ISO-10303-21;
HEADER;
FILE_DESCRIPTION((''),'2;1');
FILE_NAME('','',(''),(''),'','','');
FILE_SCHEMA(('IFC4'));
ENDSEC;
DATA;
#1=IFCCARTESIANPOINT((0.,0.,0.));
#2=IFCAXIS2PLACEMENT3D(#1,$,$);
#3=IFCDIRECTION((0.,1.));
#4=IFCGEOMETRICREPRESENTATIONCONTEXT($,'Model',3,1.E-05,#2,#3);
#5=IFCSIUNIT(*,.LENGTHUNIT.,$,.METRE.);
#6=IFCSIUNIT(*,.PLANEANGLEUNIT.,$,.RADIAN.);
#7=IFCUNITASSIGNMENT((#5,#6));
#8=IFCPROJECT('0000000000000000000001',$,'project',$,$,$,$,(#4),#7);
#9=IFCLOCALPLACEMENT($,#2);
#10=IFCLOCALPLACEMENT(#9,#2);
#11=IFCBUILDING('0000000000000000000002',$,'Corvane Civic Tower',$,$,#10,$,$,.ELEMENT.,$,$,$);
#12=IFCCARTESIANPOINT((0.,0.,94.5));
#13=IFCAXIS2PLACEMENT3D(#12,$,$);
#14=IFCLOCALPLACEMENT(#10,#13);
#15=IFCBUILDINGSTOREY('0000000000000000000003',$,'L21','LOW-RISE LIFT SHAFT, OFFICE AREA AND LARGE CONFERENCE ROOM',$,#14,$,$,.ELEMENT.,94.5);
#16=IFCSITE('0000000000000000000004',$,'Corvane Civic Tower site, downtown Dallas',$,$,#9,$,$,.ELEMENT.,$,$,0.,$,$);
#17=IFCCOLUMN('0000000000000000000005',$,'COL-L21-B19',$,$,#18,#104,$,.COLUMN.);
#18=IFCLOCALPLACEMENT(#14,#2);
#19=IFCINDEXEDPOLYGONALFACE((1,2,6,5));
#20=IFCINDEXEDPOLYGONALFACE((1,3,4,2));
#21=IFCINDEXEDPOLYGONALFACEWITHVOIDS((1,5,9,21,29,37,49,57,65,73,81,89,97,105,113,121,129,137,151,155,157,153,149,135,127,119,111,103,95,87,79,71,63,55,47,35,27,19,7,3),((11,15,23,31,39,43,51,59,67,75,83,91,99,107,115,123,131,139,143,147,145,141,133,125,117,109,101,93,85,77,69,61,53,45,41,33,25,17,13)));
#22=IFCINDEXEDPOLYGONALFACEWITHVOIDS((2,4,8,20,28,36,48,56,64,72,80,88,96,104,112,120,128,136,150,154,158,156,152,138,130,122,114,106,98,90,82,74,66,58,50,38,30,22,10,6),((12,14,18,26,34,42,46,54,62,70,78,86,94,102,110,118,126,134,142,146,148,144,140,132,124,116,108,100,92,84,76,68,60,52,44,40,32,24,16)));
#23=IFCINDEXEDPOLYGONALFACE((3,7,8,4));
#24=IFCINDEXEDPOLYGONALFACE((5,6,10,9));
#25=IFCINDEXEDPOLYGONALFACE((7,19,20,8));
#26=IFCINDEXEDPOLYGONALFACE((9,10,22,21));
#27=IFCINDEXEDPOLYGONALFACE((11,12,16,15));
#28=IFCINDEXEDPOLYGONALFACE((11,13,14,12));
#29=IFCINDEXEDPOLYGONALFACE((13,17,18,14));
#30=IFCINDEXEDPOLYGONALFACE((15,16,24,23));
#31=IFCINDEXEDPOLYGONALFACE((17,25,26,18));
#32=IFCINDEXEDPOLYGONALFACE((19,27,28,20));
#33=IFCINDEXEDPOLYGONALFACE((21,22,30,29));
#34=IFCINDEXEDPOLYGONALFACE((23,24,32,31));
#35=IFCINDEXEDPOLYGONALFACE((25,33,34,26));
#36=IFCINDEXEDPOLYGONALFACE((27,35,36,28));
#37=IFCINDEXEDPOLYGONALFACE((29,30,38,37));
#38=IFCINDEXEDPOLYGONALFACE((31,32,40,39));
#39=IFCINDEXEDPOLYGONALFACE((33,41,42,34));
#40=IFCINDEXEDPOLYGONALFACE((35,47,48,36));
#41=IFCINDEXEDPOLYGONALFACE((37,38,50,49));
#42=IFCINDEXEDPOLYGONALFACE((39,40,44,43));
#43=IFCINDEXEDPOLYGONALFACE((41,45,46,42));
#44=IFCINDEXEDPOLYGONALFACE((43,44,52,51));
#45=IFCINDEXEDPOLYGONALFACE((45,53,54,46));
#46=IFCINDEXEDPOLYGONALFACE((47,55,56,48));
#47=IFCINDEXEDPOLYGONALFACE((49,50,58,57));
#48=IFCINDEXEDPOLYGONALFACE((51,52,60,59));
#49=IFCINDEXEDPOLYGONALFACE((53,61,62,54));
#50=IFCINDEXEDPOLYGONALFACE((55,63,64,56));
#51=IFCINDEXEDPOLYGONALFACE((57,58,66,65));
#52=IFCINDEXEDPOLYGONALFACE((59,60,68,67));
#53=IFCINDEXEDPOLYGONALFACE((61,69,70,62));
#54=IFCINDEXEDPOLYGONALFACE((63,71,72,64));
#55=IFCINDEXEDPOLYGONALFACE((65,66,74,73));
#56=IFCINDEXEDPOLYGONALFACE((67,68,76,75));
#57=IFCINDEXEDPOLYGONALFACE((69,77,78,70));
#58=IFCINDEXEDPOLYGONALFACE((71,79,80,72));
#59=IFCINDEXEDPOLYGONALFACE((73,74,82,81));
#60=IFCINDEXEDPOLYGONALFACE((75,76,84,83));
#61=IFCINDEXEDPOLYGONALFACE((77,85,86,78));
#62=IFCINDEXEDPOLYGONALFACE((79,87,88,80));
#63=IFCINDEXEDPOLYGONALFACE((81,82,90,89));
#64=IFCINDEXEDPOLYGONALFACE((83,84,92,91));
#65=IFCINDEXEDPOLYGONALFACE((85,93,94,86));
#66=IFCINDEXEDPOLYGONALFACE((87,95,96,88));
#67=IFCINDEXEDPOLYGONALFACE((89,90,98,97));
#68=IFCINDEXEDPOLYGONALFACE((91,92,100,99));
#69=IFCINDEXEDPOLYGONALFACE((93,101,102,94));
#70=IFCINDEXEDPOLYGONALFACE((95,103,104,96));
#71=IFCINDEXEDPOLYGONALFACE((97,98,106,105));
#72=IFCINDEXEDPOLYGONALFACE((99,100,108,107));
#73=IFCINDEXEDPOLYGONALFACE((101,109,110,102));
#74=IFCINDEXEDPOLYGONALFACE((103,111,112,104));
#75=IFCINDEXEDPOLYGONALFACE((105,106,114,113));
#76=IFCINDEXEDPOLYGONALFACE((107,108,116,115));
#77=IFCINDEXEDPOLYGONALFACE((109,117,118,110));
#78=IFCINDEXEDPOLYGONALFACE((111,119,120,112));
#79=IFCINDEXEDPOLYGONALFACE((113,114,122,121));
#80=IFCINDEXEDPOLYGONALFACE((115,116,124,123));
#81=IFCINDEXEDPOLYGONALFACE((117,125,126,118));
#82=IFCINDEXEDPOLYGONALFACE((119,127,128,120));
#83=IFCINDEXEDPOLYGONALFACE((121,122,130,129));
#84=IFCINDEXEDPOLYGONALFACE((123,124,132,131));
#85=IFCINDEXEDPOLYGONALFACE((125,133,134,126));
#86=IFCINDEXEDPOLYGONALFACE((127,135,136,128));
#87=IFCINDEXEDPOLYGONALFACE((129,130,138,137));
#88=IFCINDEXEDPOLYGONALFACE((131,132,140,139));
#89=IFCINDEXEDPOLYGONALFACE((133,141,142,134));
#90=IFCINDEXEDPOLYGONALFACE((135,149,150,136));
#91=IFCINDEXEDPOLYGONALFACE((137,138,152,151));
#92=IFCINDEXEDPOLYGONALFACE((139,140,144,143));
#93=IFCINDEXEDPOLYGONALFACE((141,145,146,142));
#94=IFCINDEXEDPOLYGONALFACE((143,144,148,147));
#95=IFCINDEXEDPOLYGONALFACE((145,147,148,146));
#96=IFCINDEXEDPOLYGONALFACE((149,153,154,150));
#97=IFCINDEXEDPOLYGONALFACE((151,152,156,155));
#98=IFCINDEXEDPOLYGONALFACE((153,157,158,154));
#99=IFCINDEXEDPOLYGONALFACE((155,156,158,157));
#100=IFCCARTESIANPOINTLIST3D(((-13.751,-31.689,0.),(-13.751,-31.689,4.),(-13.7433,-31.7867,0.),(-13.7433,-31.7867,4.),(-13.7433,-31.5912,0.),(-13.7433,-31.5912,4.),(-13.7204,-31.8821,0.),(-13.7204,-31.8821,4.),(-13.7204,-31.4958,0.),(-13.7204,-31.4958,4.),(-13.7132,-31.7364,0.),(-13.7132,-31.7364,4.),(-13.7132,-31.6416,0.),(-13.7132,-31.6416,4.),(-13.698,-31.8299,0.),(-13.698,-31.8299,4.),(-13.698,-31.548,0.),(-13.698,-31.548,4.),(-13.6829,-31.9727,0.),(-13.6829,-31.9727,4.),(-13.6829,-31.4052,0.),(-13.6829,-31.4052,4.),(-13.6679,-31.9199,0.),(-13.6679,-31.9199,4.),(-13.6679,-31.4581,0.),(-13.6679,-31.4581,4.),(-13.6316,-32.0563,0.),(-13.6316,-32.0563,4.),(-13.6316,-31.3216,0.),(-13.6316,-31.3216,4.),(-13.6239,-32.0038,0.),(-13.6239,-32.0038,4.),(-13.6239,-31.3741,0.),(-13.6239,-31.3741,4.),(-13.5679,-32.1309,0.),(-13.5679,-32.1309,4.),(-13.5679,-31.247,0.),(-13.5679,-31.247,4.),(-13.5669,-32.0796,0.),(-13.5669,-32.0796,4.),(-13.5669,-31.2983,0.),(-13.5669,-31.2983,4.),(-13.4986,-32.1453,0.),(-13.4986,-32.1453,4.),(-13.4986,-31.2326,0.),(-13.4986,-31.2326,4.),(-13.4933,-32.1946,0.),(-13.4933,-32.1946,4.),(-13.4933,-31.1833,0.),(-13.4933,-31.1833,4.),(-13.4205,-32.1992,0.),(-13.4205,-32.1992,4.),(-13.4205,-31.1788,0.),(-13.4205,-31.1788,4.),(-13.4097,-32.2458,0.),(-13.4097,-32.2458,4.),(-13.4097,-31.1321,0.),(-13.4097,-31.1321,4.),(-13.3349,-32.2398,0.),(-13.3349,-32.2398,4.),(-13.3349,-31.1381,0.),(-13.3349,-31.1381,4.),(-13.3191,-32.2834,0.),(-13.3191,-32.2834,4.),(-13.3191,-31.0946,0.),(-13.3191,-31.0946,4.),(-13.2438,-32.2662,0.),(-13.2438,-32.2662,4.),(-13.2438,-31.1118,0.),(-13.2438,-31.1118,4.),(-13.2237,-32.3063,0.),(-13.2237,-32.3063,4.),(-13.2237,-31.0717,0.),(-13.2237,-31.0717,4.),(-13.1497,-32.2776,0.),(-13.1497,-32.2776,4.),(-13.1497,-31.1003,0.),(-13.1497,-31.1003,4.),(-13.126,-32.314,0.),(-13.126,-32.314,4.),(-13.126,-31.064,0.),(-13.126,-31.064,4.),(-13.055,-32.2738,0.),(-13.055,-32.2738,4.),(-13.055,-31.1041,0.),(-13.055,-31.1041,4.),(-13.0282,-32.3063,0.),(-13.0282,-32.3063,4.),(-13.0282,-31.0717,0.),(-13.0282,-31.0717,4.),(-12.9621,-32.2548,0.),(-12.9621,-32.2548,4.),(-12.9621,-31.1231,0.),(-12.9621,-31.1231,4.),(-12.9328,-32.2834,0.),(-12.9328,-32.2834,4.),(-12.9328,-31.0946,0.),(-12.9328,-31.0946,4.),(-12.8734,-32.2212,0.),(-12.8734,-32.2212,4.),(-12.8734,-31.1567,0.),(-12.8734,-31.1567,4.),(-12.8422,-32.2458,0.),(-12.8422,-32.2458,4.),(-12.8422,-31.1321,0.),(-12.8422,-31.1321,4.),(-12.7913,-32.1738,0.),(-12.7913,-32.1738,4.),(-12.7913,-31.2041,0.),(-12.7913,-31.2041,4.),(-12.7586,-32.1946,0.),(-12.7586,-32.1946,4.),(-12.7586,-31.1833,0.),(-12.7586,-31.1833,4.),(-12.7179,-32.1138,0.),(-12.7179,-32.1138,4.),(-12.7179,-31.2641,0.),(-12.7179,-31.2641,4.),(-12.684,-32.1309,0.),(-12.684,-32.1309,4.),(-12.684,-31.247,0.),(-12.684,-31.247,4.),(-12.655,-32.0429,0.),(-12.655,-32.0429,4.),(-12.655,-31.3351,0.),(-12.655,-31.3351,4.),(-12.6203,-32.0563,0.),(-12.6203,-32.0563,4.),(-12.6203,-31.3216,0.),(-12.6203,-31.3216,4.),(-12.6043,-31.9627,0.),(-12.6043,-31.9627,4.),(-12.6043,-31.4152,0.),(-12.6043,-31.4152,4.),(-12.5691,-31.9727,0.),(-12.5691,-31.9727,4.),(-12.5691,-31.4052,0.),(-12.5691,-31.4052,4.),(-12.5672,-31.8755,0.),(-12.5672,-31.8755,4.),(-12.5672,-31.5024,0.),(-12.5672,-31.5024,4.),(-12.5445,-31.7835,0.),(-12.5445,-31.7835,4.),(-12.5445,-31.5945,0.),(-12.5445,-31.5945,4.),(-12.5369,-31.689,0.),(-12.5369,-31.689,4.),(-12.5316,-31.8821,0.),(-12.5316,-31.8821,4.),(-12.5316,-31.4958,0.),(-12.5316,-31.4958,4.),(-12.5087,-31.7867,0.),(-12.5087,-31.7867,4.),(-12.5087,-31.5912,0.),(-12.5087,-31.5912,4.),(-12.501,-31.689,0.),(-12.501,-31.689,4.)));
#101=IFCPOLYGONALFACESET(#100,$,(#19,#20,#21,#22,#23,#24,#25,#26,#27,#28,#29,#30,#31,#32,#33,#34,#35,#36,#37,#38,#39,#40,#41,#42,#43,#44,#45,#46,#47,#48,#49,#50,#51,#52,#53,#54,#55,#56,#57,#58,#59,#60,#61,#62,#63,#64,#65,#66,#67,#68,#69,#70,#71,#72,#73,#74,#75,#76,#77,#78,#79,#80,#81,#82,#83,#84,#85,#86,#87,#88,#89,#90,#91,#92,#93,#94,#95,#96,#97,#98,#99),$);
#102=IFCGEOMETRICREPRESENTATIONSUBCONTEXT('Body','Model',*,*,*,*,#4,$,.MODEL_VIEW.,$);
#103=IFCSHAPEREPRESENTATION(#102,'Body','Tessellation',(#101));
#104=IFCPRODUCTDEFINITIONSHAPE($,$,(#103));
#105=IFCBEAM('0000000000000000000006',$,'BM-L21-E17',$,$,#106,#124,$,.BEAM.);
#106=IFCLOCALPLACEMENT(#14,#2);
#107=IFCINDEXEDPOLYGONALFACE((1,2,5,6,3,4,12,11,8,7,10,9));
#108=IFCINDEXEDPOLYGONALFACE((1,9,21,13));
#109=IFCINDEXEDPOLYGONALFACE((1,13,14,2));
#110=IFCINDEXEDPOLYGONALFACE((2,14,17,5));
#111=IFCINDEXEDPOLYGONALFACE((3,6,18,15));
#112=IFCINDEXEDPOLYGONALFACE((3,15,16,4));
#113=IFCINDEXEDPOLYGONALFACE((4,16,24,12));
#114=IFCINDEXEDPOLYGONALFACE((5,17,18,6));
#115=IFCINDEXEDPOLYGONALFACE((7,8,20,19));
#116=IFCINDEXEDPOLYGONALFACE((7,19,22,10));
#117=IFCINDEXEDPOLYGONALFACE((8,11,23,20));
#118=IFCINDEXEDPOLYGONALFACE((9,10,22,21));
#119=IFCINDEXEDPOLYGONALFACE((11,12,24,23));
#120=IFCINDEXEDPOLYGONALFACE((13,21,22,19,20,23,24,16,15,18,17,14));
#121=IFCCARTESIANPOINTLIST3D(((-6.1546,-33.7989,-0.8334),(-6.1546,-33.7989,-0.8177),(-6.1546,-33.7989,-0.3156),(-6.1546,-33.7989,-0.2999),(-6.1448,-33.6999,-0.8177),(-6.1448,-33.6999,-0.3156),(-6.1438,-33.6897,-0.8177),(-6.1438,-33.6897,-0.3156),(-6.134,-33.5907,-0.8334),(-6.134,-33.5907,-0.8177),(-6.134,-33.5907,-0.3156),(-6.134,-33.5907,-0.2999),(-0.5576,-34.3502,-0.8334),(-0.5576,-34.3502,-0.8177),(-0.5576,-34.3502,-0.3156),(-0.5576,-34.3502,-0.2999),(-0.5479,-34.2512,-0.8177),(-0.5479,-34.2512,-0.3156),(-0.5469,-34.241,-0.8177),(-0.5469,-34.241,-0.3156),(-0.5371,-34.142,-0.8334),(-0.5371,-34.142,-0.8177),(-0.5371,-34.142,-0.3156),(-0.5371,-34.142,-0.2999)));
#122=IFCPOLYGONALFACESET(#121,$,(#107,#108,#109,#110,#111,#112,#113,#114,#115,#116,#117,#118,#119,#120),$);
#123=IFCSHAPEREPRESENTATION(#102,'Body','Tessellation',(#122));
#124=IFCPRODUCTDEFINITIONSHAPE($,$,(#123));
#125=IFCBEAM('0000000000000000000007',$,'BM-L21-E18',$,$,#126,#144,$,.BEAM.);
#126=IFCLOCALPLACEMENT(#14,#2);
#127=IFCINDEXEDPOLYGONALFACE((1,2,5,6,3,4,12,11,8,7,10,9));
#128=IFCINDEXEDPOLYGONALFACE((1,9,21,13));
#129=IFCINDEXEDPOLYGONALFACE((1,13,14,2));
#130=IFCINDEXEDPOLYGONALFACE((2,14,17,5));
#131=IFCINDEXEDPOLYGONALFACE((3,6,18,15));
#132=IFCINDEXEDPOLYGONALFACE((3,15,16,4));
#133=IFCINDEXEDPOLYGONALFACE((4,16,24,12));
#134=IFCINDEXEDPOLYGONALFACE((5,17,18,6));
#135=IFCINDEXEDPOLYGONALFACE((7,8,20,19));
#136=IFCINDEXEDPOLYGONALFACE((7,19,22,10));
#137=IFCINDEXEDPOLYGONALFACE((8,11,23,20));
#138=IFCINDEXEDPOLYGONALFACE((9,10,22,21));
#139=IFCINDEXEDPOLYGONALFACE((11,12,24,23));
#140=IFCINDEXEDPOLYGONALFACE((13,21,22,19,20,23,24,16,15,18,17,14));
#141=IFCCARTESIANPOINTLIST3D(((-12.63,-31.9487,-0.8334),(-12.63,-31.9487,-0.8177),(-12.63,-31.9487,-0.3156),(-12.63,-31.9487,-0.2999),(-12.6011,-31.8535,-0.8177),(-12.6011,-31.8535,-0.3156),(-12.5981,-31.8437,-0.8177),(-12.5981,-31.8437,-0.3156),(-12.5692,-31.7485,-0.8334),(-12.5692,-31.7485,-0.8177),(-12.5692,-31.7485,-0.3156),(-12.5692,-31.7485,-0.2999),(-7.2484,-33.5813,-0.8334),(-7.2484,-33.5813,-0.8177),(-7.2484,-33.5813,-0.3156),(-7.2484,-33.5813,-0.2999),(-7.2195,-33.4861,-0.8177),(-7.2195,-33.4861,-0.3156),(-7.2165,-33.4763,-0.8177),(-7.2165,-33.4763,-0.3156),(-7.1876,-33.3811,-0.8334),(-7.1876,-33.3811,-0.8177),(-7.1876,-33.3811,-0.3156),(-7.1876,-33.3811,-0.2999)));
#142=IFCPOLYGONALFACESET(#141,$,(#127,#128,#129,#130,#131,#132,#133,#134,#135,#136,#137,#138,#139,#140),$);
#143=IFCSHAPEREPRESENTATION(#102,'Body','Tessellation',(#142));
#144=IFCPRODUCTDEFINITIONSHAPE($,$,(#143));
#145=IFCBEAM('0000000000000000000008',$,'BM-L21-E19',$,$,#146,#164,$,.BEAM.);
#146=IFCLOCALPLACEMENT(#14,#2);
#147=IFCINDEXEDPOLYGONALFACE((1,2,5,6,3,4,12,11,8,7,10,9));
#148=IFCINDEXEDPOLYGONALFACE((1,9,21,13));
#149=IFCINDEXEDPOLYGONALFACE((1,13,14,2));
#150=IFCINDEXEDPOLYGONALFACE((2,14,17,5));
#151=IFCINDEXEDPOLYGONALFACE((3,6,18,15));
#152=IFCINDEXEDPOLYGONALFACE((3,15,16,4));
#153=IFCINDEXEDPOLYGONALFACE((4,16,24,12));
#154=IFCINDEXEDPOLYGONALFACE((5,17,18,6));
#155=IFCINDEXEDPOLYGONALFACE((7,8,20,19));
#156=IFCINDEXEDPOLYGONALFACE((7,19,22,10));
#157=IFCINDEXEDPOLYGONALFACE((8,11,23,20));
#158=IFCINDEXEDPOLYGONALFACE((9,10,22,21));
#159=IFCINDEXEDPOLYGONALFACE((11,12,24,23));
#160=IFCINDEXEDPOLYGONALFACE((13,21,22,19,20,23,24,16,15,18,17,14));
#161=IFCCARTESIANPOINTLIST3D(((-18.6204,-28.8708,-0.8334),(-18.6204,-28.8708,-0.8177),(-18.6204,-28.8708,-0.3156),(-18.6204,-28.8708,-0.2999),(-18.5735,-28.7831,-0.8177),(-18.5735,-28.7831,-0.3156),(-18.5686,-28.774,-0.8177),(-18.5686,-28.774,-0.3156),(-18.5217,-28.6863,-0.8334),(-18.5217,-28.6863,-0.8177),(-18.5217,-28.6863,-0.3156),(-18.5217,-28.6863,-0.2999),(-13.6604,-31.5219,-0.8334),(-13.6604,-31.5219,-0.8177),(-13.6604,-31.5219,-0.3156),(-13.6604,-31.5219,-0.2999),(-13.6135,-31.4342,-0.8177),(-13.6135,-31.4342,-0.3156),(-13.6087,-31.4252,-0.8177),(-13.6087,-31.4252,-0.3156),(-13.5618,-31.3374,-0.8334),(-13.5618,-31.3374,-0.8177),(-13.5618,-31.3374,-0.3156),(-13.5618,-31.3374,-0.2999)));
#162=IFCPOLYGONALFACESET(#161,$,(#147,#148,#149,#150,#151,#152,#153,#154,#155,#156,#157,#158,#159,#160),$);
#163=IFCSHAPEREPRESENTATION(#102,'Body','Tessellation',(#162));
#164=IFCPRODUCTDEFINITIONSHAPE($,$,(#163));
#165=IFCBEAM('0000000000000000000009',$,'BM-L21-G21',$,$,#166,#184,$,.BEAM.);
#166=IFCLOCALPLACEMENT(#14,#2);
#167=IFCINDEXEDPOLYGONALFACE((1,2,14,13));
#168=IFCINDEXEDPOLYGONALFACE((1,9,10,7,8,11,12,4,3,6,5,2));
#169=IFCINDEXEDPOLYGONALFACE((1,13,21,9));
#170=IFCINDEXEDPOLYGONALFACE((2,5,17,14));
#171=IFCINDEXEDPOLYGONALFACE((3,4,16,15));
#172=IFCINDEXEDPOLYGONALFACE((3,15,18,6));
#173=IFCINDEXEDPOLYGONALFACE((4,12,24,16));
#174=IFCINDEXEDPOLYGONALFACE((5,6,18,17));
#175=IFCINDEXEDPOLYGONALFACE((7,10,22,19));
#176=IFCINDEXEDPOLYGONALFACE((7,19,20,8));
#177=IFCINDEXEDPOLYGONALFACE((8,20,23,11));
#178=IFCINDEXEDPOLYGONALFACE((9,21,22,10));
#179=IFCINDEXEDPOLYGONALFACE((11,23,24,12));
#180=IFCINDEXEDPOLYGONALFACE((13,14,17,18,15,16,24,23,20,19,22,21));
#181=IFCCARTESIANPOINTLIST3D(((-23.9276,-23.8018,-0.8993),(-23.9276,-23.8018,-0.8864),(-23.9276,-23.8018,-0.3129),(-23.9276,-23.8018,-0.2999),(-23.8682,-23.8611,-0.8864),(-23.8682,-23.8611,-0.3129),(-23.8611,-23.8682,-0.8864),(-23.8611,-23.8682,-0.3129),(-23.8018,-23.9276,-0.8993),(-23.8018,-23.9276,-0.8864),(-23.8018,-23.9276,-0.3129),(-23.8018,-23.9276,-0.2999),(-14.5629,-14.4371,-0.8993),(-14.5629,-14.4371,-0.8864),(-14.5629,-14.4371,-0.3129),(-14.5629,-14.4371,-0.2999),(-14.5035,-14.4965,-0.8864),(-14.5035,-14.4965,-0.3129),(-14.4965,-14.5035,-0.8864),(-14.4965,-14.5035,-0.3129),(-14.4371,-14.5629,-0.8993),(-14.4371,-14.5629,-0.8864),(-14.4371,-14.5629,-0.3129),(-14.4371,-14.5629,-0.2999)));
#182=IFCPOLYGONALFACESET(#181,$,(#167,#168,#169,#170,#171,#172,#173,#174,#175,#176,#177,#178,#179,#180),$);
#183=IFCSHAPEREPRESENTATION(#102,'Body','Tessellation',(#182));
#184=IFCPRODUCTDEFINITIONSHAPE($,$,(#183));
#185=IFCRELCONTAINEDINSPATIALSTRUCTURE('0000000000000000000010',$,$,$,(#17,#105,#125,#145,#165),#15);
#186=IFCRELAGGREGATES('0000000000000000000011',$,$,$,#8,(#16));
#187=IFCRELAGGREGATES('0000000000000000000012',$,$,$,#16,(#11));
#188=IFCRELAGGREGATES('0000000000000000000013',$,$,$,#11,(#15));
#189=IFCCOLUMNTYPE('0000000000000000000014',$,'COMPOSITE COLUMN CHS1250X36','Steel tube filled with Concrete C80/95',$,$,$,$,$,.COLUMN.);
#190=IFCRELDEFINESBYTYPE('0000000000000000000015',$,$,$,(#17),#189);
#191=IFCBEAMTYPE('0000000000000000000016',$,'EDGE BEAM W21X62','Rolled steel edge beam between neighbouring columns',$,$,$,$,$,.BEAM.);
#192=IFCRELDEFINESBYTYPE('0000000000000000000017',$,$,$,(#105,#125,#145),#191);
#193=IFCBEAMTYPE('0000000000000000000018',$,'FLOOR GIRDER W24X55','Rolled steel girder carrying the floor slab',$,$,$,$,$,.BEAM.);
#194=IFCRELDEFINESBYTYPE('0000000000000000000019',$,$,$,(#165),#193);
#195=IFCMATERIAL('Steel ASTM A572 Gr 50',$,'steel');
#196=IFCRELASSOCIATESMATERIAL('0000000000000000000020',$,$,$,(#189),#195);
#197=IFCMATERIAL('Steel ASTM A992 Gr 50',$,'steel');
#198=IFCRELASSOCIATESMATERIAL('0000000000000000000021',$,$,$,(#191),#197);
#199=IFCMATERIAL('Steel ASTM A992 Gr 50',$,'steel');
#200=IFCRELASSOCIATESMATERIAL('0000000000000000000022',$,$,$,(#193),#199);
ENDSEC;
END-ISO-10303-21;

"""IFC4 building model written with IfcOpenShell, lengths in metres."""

from ifc_helpers import new_model, si_unit, direction, frame, origin, origin_2d, place, context, subcontext, project, spatial, hollow_circle, i_section, extrude, material, material_profile, profile_set, type_object, element, save


model = new_model("IFC4")

# Units and contexts
model_context = context("Model", 3, precision=1e-05, world=origin(), true_north=direction((0.0, 1.0)))
body_context = subcontext(model_context, "Body", "Model", "MODEL_VIEW")
ifc_project = project(units=[si_unit("LENGTHUNIT", "METRE"), si_unit("PLANEANGLEUNIT", "RADIAN")], contexts=[model_context])

# Site, building, storey
site_placement = place(None, origin())
site = spatial("IfcSite", under=ifc_project, at=site_placement, Name="Corvane Civic Tower site, downtown Dallas", CompositionType="ELEMENT", RefElevation=0.0)
building_placement = place(site_placement, origin())
building = spatial("IfcBuilding", under=site, at=building_placement, Name="Corvane Civic Tower", CompositionType="ELEMENT")
storey_placement = place(building_placement, frame((0.0, 0.0, 94.5)))
storey = spatial("IfcBuildingStorey", under=building, at=storey_placement, Name="L21", Description="LOW-RISE LIFT SHAFT, OFFICE AREA AND LARGE CONFERENCE ROOM", CompositionType="ELEMENT", Elevation=94.5)

# Column
ifc_material_1 = material(Name="Steel ASTM A572 Gr 50", Category="steel")
ifc_material_profile_1 = material_profile(ifc_material_1, hollow_circle(Radius=0.625, WallThickness=0.0359, at=origin_2d()), Name="CHS1250X36")
ifc_profile_set_1 = profile_set([ifc_material_profile_1], Name="Steel ASTM A572 Gr 50")
column_type = type_object("IfcColumnType", Name="COMPOSITE COLUMN CHS1250X36", Description="Steel tube filled with Concrete C80/95", PredefinedType="COLUMN", material=ifc_profile_set_1)
for number, where, z_axis, x_axis, name in (
    (1, (-13.126, -31.689, 0.0), (0.0, 0.0, 1.0), (1.0, 0.0, 0.0), "COL-L21-B19"),
):
    element("IfcColumn", number, at=place(storey_placement, frame(where, z_axis=z_axis, x_axis=x_axis)), inside=storey, type_object=column_type, Name=name, PredefinedType="COLUMN", context=body_context, shape_type="SweptSolid", body=[
        extrude(hollow_circle(Radius=0.625, WallThickness=0.0359, at=origin_2d()), origin(), (0.0, 0.0, 1.0), 4.0),
    ])

# Beams
ifc_material_2 = material(Name="Steel ASTM A992 Gr 50", Category="steel")
ifc_material_profile_2 = material_profile(ifc_material_2, i_section(OverallWidth=0.2092, OverallDepth=0.5334, WebThickness=0.0103, FlangeThickness=0.0156, at=origin_2d()), Name="W21X62")
ifc_profile_set_2 = profile_set([ifc_material_profile_2], Name="Steel ASTM A992 Gr 50")
beam_type_1 = type_object("IfcBeamType", Name="EDGE BEAM W21X62", Description="Rolled steel edge beam between neighbouring columns", PredefinedType="BEAM", material=ifc_profile_set_2)
beam_1_placement = place(storey_placement, frame((-0.5474, -34.2461, -0.5667), z_axis=(-0.995184, 0.098021, 0.0), x_axis=(-0.098021, -0.995184, 0.0)))
element("IfcBeam", 2, at=beam_1_placement, inside=storey, type_object=beam_type_1, Name="BM-L21-E17", PredefinedType="BEAM", context=body_context, shape_type="SweptSolid", body=[
    extrude(i_section(OverallWidth=0.2092, OverallDepth=0.5334, WebThickness=0.0103, FlangeThickness=0.0156, at=origin_2d()), origin(), (0.0, 0.0, 1.0), 5.624),
])
beam_2_placement = place(storey_placement, frame((-7.218, -33.4812, -0.5667), z_axis=(-0.956936, 0.290298, 0.0), x_axis=(-0.290298, -0.956936, 0.0)))
element("IfcBeam", 3, at=beam_2_placement, inside=storey, type_object=beam_type_1, Name="BM-L21-E18", PredefinedType="BEAM", context=body_context, shape_type="SweptSolid", body=[
    extrude(i_section(OverallWidth=0.2092, OverallDepth=0.5334, WebThickness=0.0103, FlangeThickness=0.0156, at=origin_2d()), origin(), (0.0, 0.0, 1.0), 5.6238),
])
beam_3_placement = place(storey_placement, frame((-13.6111, -31.4297, -0.5667), z_axis=(-0.881924, 0.471392, 0.0), x_axis=(-0.471392, -0.881924, 0.0)))
element("IfcBeam", 4, at=beam_3_placement, inside=storey, type_object=beam_type_1, Name="BM-L21-E19", PredefinedType="BEAM", context=body_context, shape_type="SweptSolid", body=[
    extrude(i_section(OverallWidth=0.2092, OverallDepth=0.5334, WebThickness=0.0103, FlangeThickness=0.0156, at=origin_2d()), origin(), (0.0, 0.0, 1.0), 5.624),
])
ifc_material_3 = material(Name="Steel ASTM A992 Gr 50", Category="steel")
ifc_material_profile_3 = material_profile(ifc_material_3, i_section(OverallWidth=0.178, OverallDepth=0.5994, WebThickness=0.01, FlangeThickness=0.0129, at=origin_2d()), Name="W24X55")
ifc_profile_set_3 = profile_set([ifc_material_profile_3], Name="Steel ASTM A992 Gr 50")
beam_type_2 = type_object("IfcBeamType", Name="FLOOR GIRDER W24X55", Description="Rolled steel girder carrying the floor slab", PredefinedType="BEAM", material=ifc_profile_set_3)
beam_4_placement = place(storey_placement, frame((-14.5, -14.5, -0.5996), z_axis=(-0.707107, -0.707107, 0.0), x_axis=(0.707107, -0.707107, 0.0)))
element("IfcBeam", 5, at=beam_4_placement, inside=storey, type_object=beam_type_2, Name="BM-L21-G21", PredefinedType="BEAM", context=body_context, shape_type="SweptSolid", body=[
    extrude(i_section(OverallWidth=0.178, OverallDepth=0.5994, WebThickness=0.01, FlangeThickness=0.0129, at=origin_2d()), origin(), (0.0, 0.0, 1.0), 13.2437),
])

save(model, "model.ifc")
